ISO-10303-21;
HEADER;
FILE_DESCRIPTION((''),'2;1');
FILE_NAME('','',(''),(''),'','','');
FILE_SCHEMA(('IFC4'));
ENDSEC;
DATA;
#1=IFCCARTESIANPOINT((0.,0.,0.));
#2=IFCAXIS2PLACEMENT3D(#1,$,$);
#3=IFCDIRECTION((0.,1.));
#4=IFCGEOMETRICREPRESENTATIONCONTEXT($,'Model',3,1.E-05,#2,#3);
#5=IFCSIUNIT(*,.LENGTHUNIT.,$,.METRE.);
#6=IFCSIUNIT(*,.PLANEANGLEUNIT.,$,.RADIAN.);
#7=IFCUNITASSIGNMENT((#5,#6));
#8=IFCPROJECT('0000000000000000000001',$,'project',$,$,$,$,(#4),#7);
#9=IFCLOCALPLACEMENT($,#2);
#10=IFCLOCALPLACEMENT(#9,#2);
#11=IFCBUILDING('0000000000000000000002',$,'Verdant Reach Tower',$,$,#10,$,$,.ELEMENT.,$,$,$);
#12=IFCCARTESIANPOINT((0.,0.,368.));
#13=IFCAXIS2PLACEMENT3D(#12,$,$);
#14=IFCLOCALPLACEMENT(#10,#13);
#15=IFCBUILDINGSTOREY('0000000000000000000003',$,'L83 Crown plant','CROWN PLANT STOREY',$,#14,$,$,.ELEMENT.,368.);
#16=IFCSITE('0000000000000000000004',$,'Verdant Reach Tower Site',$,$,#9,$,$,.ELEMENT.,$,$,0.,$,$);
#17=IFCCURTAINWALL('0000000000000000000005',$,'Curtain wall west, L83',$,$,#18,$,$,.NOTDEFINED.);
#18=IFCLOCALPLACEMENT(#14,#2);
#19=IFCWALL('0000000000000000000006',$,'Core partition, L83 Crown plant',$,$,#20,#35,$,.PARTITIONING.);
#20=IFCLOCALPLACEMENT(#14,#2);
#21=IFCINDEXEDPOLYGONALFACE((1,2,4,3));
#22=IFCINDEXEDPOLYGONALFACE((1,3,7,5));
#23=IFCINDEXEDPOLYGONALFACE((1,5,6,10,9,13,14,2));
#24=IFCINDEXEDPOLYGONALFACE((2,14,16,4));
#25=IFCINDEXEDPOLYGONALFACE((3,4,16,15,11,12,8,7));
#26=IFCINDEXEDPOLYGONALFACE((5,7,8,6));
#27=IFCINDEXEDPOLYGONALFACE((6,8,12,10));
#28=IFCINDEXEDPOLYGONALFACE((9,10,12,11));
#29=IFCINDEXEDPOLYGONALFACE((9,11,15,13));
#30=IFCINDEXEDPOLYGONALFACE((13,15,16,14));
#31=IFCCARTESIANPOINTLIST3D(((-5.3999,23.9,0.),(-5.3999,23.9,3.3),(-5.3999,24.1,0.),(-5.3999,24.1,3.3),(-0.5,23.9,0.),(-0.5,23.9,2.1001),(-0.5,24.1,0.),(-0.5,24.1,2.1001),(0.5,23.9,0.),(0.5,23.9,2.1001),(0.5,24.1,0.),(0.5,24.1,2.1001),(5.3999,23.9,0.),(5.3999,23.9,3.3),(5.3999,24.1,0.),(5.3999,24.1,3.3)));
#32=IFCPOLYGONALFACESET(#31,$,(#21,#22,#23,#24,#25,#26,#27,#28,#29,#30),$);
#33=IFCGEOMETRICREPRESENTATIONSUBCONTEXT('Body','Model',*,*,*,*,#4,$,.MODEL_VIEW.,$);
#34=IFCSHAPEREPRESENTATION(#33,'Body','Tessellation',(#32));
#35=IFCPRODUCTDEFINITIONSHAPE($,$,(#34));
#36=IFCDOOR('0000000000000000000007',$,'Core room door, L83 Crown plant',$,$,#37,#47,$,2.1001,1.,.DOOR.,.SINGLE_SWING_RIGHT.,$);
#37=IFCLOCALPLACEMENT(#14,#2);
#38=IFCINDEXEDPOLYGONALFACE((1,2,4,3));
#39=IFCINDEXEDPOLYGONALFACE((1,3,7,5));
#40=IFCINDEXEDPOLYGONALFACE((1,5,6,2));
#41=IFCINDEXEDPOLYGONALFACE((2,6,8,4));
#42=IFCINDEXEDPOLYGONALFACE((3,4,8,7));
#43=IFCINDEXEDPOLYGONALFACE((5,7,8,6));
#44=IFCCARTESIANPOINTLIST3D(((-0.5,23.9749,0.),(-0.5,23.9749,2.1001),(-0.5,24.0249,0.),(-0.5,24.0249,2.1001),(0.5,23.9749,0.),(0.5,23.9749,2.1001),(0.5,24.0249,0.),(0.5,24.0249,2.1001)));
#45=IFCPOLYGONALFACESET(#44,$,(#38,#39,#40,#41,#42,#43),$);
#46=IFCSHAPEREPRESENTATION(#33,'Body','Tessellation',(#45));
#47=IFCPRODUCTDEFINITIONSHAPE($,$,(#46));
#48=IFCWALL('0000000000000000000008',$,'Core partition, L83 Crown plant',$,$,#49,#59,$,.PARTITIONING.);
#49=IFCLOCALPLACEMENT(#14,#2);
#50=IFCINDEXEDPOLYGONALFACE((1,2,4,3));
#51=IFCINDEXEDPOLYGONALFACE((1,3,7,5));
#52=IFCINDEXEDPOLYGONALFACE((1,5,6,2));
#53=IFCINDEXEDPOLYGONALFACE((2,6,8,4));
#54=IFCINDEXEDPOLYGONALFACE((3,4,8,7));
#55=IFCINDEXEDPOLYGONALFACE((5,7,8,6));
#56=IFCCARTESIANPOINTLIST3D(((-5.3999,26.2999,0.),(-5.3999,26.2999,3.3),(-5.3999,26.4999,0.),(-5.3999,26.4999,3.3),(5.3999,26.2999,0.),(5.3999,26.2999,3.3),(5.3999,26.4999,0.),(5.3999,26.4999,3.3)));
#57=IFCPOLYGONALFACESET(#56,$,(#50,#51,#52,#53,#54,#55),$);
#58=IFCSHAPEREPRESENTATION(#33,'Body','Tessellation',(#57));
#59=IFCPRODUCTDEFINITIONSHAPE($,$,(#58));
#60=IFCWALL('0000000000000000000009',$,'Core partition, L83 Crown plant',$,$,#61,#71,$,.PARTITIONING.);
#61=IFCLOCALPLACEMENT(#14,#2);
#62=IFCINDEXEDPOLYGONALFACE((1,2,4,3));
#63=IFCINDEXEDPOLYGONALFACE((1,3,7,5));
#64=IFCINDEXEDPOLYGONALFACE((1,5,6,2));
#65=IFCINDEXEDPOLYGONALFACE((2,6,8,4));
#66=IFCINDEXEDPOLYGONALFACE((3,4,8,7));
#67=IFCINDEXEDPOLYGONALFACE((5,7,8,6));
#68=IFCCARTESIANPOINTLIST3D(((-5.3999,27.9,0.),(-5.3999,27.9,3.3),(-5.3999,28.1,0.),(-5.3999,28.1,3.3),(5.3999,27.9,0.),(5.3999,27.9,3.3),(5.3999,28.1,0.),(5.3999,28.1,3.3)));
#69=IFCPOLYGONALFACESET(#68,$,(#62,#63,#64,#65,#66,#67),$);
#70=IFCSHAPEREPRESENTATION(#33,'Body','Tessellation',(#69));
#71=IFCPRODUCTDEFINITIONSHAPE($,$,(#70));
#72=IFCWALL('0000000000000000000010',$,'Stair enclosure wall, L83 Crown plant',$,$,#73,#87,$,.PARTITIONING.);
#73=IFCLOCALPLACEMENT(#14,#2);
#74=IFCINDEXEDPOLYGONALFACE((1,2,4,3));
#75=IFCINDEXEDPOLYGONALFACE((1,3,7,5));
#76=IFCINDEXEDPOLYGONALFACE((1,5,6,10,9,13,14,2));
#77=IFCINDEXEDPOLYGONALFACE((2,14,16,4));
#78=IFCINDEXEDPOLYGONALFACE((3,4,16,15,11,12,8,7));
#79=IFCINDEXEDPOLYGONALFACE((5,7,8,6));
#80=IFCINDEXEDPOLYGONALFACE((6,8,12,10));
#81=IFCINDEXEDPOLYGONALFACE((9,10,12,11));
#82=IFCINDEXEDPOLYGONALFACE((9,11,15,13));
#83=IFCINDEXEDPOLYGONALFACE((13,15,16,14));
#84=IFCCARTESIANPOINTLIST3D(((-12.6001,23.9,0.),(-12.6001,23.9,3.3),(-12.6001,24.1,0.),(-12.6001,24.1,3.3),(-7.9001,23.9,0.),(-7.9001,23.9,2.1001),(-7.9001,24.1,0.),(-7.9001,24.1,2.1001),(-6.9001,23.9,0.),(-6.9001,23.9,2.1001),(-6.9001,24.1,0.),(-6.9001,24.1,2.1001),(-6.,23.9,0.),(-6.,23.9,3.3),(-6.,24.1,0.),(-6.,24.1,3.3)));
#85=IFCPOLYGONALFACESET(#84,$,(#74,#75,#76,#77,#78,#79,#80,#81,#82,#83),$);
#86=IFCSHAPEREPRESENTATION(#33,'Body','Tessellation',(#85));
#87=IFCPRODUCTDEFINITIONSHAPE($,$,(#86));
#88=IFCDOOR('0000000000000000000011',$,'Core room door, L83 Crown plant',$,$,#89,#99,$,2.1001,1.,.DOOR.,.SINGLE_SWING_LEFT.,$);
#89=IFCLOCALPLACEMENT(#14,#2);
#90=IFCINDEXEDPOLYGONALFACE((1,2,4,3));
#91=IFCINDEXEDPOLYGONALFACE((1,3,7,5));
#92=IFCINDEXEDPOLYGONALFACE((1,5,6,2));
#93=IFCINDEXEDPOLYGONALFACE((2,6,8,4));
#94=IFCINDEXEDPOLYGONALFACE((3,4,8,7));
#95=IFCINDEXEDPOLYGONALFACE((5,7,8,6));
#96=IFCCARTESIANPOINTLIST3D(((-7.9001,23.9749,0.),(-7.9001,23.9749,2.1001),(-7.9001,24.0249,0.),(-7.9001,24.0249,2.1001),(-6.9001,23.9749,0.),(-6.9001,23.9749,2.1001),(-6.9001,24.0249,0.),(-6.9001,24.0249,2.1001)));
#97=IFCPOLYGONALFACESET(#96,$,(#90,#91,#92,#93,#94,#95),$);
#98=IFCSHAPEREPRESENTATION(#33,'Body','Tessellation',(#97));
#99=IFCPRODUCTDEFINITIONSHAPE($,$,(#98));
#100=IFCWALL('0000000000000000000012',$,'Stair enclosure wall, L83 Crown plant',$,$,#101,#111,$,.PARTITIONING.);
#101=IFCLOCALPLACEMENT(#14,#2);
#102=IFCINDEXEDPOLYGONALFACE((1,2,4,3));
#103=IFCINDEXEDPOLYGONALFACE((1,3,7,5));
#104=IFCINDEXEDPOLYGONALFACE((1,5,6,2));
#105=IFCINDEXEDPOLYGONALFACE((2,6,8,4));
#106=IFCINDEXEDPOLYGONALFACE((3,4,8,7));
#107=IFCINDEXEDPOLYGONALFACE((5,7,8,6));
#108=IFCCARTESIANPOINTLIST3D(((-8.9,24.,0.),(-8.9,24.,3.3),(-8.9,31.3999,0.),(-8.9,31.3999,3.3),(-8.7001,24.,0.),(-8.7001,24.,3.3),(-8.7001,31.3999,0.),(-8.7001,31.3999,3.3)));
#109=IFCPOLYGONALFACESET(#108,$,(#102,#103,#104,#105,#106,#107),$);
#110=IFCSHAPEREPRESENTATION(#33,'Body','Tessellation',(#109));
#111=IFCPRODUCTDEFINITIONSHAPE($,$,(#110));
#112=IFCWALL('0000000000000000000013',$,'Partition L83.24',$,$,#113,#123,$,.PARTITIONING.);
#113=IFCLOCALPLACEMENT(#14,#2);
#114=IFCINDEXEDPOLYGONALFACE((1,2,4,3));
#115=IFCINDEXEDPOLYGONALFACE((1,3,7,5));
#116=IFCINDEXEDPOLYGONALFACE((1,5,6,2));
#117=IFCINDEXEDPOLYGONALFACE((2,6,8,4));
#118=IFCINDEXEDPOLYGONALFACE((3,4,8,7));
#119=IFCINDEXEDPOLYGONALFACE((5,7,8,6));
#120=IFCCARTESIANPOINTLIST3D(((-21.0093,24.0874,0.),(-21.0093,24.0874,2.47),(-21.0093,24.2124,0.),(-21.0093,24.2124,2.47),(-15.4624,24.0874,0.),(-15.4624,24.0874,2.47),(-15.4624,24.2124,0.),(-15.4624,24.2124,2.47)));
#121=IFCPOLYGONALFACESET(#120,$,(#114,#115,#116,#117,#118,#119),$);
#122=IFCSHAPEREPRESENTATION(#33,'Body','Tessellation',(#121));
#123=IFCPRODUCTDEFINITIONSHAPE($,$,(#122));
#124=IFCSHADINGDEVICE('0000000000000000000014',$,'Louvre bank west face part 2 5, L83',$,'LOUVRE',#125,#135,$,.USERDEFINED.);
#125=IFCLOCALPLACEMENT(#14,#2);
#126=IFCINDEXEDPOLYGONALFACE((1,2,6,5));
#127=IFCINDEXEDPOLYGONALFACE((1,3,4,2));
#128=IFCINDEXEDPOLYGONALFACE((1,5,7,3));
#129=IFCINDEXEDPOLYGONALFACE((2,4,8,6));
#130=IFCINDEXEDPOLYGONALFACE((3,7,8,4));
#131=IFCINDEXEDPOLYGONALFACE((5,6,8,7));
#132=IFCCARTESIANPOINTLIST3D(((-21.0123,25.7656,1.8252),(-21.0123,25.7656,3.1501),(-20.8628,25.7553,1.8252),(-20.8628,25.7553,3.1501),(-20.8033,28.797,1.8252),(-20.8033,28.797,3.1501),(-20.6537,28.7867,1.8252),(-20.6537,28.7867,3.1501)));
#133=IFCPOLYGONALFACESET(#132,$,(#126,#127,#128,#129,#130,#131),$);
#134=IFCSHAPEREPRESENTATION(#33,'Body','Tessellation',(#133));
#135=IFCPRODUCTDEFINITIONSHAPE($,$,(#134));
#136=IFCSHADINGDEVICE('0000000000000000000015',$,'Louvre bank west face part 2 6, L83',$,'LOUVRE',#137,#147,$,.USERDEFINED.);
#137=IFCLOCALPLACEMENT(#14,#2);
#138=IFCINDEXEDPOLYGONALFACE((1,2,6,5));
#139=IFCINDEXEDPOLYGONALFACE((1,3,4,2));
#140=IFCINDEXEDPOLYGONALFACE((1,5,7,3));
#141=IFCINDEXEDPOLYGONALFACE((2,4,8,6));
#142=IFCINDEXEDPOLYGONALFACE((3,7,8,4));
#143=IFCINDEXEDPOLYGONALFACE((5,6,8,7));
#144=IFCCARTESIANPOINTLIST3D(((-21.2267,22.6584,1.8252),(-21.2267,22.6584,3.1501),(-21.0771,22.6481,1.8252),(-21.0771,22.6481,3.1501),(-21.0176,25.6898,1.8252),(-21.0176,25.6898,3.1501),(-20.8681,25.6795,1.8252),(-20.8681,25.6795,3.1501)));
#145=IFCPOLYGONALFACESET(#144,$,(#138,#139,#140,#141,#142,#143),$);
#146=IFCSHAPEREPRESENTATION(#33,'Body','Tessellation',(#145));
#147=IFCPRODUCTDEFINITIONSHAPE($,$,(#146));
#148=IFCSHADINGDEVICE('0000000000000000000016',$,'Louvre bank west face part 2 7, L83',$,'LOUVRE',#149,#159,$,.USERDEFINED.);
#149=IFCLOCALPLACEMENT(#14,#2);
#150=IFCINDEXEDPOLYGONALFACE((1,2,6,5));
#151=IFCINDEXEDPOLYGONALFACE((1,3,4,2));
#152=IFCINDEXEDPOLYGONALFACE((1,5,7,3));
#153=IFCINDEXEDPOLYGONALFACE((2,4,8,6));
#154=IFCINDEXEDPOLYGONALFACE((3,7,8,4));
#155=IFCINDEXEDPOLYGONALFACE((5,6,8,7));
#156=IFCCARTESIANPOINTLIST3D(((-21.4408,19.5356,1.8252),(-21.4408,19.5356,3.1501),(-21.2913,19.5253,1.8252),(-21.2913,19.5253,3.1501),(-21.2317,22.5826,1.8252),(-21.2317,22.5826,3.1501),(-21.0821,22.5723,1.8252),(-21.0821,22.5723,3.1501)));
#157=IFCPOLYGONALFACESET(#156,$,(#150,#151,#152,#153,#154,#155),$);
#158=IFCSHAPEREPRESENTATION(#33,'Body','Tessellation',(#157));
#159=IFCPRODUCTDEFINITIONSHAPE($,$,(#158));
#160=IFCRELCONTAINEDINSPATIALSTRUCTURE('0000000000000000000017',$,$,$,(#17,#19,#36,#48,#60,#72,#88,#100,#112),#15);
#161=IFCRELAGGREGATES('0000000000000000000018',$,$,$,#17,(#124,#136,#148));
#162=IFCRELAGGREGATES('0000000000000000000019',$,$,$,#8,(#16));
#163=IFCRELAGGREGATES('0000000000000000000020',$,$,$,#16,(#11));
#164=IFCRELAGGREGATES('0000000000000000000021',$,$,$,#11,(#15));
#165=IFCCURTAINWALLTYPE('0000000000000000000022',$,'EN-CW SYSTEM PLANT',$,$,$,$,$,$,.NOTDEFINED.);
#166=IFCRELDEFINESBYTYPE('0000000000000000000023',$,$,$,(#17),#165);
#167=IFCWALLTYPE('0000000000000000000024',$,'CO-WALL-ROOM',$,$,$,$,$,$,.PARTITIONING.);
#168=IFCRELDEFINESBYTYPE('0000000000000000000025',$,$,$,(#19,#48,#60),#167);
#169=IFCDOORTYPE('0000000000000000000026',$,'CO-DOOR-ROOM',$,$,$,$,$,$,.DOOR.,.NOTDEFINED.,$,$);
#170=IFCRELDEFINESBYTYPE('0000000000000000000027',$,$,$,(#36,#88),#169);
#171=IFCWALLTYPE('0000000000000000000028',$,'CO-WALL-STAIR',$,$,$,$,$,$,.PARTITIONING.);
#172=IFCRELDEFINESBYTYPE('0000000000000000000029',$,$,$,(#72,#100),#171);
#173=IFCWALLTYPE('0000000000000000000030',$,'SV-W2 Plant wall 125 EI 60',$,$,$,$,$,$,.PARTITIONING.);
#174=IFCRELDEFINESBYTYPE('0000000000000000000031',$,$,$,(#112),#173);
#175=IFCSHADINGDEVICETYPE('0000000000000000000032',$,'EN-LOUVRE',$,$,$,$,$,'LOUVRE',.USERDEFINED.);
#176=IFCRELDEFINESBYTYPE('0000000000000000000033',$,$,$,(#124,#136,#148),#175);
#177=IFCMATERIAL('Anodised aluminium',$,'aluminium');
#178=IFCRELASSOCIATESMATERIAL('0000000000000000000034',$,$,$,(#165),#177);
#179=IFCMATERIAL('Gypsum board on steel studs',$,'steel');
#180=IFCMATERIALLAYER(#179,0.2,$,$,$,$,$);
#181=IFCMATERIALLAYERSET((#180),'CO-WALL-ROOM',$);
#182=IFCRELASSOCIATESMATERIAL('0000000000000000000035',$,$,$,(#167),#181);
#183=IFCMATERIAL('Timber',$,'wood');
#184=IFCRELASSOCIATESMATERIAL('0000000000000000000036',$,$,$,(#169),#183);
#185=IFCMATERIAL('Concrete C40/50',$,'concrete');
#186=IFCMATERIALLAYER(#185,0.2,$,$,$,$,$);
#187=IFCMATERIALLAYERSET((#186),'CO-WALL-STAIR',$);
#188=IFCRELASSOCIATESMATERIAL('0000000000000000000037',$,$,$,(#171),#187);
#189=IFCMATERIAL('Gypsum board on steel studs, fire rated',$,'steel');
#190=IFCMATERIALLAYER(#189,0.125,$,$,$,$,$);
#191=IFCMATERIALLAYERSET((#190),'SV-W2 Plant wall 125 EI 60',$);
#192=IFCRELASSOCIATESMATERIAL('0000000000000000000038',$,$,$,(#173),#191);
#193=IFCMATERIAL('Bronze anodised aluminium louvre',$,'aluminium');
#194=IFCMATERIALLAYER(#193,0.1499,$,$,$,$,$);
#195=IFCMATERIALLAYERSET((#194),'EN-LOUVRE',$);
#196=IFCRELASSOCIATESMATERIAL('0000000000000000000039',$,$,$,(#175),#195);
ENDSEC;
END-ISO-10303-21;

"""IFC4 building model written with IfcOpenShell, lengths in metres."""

from ifc_helpers import new_model, si_unit, direction, frame, frame_2d, origin, origin_2d, place, context, subcontext, project, spatial, rectangle, extrude, material, layer, layer_set, type_object, element, fill, aggregate, save


model = new_model("IFC4")

# Units and contexts
model_context = context("Model", 3, precision=1e-05, world=origin(), true_north=direction((0.0, 1.0)))
body_context = subcontext(model_context, "Body", "Model", "MODEL_VIEW")
ifc_project = project(units=[si_unit("LENGTHUNIT", "METRE"), si_unit("PLANEANGLEUNIT", "RADIAN")], contexts=[model_context])

# Site, building, storey
site_placement = place(None, origin())
site = spatial("IfcSite", under=ifc_project, at=site_placement, Name="Verdant Reach Tower Site", CompositionType="ELEMENT", RefElevation=0.0)
building_placement = place(site_placement, origin())
building = spatial("IfcBuilding", under=site, at=building_placement, Name="Verdant Reach Tower", CompositionType="ELEMENT")
storey_placement = place(building_placement, frame((0.0, 0.0, 368.0)))
storey = spatial("IfcBuildingStorey", under=building, at=storey_placement, Name="L83 Crown plant", Description="CROWN PLANT STOREY", CompositionType="ELEMENT", Elevation=368.0)

# Curtain wall
ifc_material_1 = material(Name="Anodised aluminium", Category="aluminium")
curtain_wall_type = type_object("IfcCurtainWallType", Name="EN-CW SYSTEM PLANT", PredefinedType="NOTDEFINED", material=ifc_material_1)
curtain_wall_1_placement = place(storey_placement, origin())
curtain_wall_1 = element("IfcCurtainWall", 1, at=curtain_wall_1_placement, inside=storey, type_object=curtain_wall_type, Name="Curtain wall west, L83", PredefinedType="NOTDEFINED")

# Wall, opening, door
ifc_material_2 = material(Name="Gypsum board on steel studs", Category="steel")
ifc_layer_1 = layer(ifc_material_2, 0.2)
ifc_layer_set_1 = layer_set([ifc_layer_1], Name="CO-WALL-ROOM")
wall_type_1 = type_object("IfcWallType", Name="CO-WALL-ROOM", PredefinedType="PARTITIONING", material=ifc_layer_set_1)
ifc_material_3 = material(Name="Timber", Category="wood")
door_type_1 = type_object("IfcDoorType", Name="CO-DOOR-ROOM", OperationType="NOTDEFINED", PredefinedType="DOOR", material=ifc_material_3)
wall_1_placement = place(storey_placement, frame((-5.3999, 24.0, 0.0), z_axis=(0.0, 0.0, 1.0), x_axis=(1.0, 0.0, 0.0)))
wall_1 = element("IfcWall", 2, at=wall_1_placement, inside=storey, type_object=wall_type_1, Name="Core partition, L83 Crown plant", PredefinedType="PARTITIONING", context=body_context, shape_type="SweptSolid", body=[
    extrude(rectangle(XDim=10.7998, YDim=0.2, at=frame_2d((5.3999, 0.0))), origin(), (0.0, 0.0, 1.0), 3.3),
])
opening_1_placement = place(wall_1_placement, frame((4.8999, 0.0, 0.0)))
opening_1 = element("IfcOpeningElement", 3, at=opening_1_placement, cuts=wall_1, PredefinedType="OPENING", context=body_context, shape_type="SweptSolid", body=[
    extrude(rectangle(XDim=1.0, YDim=2.1001, at=frame_2d((0.5, 1.05))), frame((0.0, 0.1099, 0.0), z_axis=(0.0, -1.0, 0.0), x_axis=(1.0, 0.0, 0.0)), (0.0, 0.0, 1.0), 0.22),
])
door_1_placement = place(opening_1_placement, origin())
door_1 = element("IfcDoor", 4, at=door_1_placement, inside=storey, type_object=door_type_1, Name="Core room door, L83 Crown plant", OperationType="SINGLE_SWING_RIGHT", OverallHeight=2.1001, OverallWidth=1.0, PredefinedType="DOOR", context=body_context, shape_type="SweptSolid", body=[
    extrude(rectangle(XDim=1.0, YDim=2.1001, at=frame_2d((0.5, 1.05))), frame((0.0, 0.0249, 0.0), z_axis=(0.0, -1.0, 0.0), x_axis=(1.0, 0.0, 0.0)), (0.0, 0.0, 1.0), 0.05),
])
fill(opening_1, door_1)

# Walls
for number, where, z_axis, x_axis, name in (
    (5, (-5.3999, 26.3999, 0.0), (0.0, 0.0, 1.0), (1.0, 0.0, 0.0), "Core partition, L83 Crown plant"),
    (6, (-5.3999, 28.0, 0.0), (0.0, 0.0, 1.0), (1.0, 0.0, 0.0), "Core partition, L83 Crown plant"),
):
    element("IfcWall", number, at=place(storey_placement, frame(where, z_axis=z_axis, x_axis=x_axis)), inside=storey, type_object=wall_type_1, Name=name, PredefinedType="PARTITIONING", context=body_context, shape_type="SweptSolid", body=[
        extrude(rectangle(XDim=10.7998, YDim=0.2, at=frame_2d((5.3999, 0.0))), origin(), (0.0, 0.0, 1.0), 3.3),
    ])

# Wall, opening, door
ifc_material_4 = material(Name="Concrete C40/50", Category="concrete")
ifc_layer_2 = layer(ifc_material_4, 0.2)
ifc_layer_set_2 = layer_set([ifc_layer_2], Name="CO-WALL-STAIR")
wall_type_2 = type_object("IfcWallType", Name="CO-WALL-STAIR", PredefinedType="PARTITIONING", material=ifc_layer_set_2)
wall_2_placement = place(storey_placement, frame((-12.6001, 24.0, 0.0), z_axis=(0.0, 0.0, 1.0), x_axis=(1.0, 0.0, 0.0)))
wall_2 = element("IfcWall", 7, at=wall_2_placement, inside=storey, type_object=wall_type_2, Name="Stair enclosure wall, L83 Crown plant", PredefinedType="PARTITIONING", context=body_context, shape_type="SweptSolid", body=[
    extrude(rectangle(XDim=6.6001, YDim=0.2, at=frame_2d((3.3, 0.0))), origin(), (0.0, 0.0, 1.0), 3.3),
])
opening_2_placement = place(wall_2_placement, frame((4.7, 0.0, 0.0)))
opening_2 = element("IfcOpeningElement", 8, at=opening_2_placement, cuts=wall_2, PredefinedType="OPENING", context=body_context, shape_type="SweptSolid", body=[
    extrude(rectangle(XDim=1.0, YDim=2.1001, at=frame_2d((0.5, 1.05))), frame((0.0, 0.1099, 0.0), z_axis=(0.0, -1.0, 0.0), x_axis=(1.0, 0.0, 0.0)), (0.0, 0.0, 1.0), 0.22),
])
door_2_placement = place(opening_2_placement, origin())
door_2 = element("IfcDoor", 9, at=door_2_placement, inside=storey, type_object=door_type_1, Name="Core room door, L83 Crown plant", OperationType="SINGLE_SWING_LEFT", OverallHeight=2.1001, OverallWidth=1.0, PredefinedType="DOOR", context=body_context, shape_type="SweptSolid", body=[
    extrude(rectangle(XDim=1.0, YDim=2.1001, at=frame_2d((0.5, 1.05))), frame((0.0, 0.0249, 0.0), z_axis=(0.0, -1.0, 0.0), x_axis=(1.0, 0.0, 0.0)), (0.0, 0.0, 1.0), 0.05),
])
fill(opening_2, door_2)

# Wall
wall_3_placement = place(storey_placement, frame((-8.8, 24.0, 0.0), z_axis=(0.0, 0.0, 1.0), x_axis=(0.0, 1.0, 0.0)))
element("IfcWall", 10, at=wall_3_placement, inside=storey, type_object=wall_type_2, Name="Stair enclosure wall, L83 Crown plant", PredefinedType="PARTITIONING", context=body_context, shape_type="SweptSolid", body=[
    extrude(rectangle(XDim=7.3999, YDim=0.2, at=frame_2d((3.7, 0.0))), origin(), (0.0, 0.0, 1.0), 3.3),
])

# Shared definitions
ifc_material_5 = material(Name="Gypsum board on steel studs, fire rated", Category="steel")
ifc_layer_3 = layer(ifc_material_5, 0.125)
ifc_layer_set_3 = layer_set([ifc_layer_3], Name="SV-W2 Plant wall 125 EI 60")
wall_type_3 = type_object("IfcWallType", Name="SV-W2 Plant wall 125 EI 60", PredefinedType="PARTITIONING", material=ifc_layer_set_3)

# Wall
wall_4_placement = place(storey_placement, frame((-21.0093, 24.1499, 0.0), z_axis=(0.0, 0.0, 1.0), x_axis=(1.0, 0.0, 0.0)))
element("IfcWall", 11, at=wall_4_placement, inside=storey, type_object=wall_type_3, Name="Partition L83.24", PredefinedType="PARTITIONING", context=body_context, shape_type="SweptSolid", body=[
    extrude(rectangle(XDim=5.5469, YDim=0.125, at=frame_2d((2.7734, 0.0))), origin(), (0.0, 0.0, 1.0), 2.47),
])

# Shading devices
ifc_material_6 = material(Name="Bronze anodised aluminium louvre", Category="aluminium")
ifc_layer_4 = layer(ifc_material_6, 0.1499)
ifc_layer_set_4 = layer_set([ifc_layer_4], Name="EN-LOUVRE")
shading_device_type = type_object("IfcShadingDeviceType", Name="EN-LOUVRE", ElementType="LOUVRE", PredefinedType="USERDEFINED", material=ifc_layer_set_4)
shading_device_1_placement = place(storey_placement, frame((-20.833, 27.2761, 1.8252), z_axis=(0.0, 0.0, 1.0), x_axis=(-0.068802, -0.99763, 0.0)))
shading_device_1 = element("IfcShadingDevice", 12, at=shading_device_1_placement, type_object=shading_device_type, Name="Louvre bank west face part 2 5, L83", ObjectType="LOUVRE", PredefinedType="USERDEFINED", context=body_context, shape_type="SweptSolid", body=[
    extrude(rectangle(XDim=3.0386, YDim=0.1499, at=origin_2d()), origin(), (0.0, 0.0, 1.0), 1.325),
])
shading_device_2_placement = place(storey_placement, frame((-21.0474, 24.1689, 1.8252), z_axis=(0.0, 0.0, 1.0), x_axis=(-0.068802, -0.99763, 0.0)))
shading_device_2 = element("IfcShadingDevice", 13, at=shading_device_2_placement, type_object=shading_device_type, Name="Louvre bank west face part 2 6, L83", ObjectType="LOUVRE", PredefinedType="USERDEFINED", context=body_context, shape_type="SweptSolid", body=[
    extrude(rectangle(XDim=3.0386, YDim=0.1499, at=origin_2d()), origin(), (0.0, 0.0, 1.0), 1.325),
])
shading_device_3_placement = place(storey_placement, frame((-21.2615, 21.054, 1.8252), z_axis=(0.0, 0.0, 1.0), x_axis=(-0.068469, -0.997653, 0.0)))
shading_device_3 = element("IfcShadingDevice", 14, at=shading_device_3_placement, type_object=shading_device_type, Name="Louvre bank west face part 2 7, L83", ObjectType="LOUVRE", PredefinedType="USERDEFINED", context=body_context, shape_type="SweptSolid", body=[
    extrude(rectangle(XDim=3.0542, YDim=0.1499, at=origin_2d()), origin(), (0.0, 0.0, 1.0), 1.325),
])
aggregate(curtain_wall_1, [shading_device_1, shading_device_2, shading_device_3])

save(model, "model.ifc")
